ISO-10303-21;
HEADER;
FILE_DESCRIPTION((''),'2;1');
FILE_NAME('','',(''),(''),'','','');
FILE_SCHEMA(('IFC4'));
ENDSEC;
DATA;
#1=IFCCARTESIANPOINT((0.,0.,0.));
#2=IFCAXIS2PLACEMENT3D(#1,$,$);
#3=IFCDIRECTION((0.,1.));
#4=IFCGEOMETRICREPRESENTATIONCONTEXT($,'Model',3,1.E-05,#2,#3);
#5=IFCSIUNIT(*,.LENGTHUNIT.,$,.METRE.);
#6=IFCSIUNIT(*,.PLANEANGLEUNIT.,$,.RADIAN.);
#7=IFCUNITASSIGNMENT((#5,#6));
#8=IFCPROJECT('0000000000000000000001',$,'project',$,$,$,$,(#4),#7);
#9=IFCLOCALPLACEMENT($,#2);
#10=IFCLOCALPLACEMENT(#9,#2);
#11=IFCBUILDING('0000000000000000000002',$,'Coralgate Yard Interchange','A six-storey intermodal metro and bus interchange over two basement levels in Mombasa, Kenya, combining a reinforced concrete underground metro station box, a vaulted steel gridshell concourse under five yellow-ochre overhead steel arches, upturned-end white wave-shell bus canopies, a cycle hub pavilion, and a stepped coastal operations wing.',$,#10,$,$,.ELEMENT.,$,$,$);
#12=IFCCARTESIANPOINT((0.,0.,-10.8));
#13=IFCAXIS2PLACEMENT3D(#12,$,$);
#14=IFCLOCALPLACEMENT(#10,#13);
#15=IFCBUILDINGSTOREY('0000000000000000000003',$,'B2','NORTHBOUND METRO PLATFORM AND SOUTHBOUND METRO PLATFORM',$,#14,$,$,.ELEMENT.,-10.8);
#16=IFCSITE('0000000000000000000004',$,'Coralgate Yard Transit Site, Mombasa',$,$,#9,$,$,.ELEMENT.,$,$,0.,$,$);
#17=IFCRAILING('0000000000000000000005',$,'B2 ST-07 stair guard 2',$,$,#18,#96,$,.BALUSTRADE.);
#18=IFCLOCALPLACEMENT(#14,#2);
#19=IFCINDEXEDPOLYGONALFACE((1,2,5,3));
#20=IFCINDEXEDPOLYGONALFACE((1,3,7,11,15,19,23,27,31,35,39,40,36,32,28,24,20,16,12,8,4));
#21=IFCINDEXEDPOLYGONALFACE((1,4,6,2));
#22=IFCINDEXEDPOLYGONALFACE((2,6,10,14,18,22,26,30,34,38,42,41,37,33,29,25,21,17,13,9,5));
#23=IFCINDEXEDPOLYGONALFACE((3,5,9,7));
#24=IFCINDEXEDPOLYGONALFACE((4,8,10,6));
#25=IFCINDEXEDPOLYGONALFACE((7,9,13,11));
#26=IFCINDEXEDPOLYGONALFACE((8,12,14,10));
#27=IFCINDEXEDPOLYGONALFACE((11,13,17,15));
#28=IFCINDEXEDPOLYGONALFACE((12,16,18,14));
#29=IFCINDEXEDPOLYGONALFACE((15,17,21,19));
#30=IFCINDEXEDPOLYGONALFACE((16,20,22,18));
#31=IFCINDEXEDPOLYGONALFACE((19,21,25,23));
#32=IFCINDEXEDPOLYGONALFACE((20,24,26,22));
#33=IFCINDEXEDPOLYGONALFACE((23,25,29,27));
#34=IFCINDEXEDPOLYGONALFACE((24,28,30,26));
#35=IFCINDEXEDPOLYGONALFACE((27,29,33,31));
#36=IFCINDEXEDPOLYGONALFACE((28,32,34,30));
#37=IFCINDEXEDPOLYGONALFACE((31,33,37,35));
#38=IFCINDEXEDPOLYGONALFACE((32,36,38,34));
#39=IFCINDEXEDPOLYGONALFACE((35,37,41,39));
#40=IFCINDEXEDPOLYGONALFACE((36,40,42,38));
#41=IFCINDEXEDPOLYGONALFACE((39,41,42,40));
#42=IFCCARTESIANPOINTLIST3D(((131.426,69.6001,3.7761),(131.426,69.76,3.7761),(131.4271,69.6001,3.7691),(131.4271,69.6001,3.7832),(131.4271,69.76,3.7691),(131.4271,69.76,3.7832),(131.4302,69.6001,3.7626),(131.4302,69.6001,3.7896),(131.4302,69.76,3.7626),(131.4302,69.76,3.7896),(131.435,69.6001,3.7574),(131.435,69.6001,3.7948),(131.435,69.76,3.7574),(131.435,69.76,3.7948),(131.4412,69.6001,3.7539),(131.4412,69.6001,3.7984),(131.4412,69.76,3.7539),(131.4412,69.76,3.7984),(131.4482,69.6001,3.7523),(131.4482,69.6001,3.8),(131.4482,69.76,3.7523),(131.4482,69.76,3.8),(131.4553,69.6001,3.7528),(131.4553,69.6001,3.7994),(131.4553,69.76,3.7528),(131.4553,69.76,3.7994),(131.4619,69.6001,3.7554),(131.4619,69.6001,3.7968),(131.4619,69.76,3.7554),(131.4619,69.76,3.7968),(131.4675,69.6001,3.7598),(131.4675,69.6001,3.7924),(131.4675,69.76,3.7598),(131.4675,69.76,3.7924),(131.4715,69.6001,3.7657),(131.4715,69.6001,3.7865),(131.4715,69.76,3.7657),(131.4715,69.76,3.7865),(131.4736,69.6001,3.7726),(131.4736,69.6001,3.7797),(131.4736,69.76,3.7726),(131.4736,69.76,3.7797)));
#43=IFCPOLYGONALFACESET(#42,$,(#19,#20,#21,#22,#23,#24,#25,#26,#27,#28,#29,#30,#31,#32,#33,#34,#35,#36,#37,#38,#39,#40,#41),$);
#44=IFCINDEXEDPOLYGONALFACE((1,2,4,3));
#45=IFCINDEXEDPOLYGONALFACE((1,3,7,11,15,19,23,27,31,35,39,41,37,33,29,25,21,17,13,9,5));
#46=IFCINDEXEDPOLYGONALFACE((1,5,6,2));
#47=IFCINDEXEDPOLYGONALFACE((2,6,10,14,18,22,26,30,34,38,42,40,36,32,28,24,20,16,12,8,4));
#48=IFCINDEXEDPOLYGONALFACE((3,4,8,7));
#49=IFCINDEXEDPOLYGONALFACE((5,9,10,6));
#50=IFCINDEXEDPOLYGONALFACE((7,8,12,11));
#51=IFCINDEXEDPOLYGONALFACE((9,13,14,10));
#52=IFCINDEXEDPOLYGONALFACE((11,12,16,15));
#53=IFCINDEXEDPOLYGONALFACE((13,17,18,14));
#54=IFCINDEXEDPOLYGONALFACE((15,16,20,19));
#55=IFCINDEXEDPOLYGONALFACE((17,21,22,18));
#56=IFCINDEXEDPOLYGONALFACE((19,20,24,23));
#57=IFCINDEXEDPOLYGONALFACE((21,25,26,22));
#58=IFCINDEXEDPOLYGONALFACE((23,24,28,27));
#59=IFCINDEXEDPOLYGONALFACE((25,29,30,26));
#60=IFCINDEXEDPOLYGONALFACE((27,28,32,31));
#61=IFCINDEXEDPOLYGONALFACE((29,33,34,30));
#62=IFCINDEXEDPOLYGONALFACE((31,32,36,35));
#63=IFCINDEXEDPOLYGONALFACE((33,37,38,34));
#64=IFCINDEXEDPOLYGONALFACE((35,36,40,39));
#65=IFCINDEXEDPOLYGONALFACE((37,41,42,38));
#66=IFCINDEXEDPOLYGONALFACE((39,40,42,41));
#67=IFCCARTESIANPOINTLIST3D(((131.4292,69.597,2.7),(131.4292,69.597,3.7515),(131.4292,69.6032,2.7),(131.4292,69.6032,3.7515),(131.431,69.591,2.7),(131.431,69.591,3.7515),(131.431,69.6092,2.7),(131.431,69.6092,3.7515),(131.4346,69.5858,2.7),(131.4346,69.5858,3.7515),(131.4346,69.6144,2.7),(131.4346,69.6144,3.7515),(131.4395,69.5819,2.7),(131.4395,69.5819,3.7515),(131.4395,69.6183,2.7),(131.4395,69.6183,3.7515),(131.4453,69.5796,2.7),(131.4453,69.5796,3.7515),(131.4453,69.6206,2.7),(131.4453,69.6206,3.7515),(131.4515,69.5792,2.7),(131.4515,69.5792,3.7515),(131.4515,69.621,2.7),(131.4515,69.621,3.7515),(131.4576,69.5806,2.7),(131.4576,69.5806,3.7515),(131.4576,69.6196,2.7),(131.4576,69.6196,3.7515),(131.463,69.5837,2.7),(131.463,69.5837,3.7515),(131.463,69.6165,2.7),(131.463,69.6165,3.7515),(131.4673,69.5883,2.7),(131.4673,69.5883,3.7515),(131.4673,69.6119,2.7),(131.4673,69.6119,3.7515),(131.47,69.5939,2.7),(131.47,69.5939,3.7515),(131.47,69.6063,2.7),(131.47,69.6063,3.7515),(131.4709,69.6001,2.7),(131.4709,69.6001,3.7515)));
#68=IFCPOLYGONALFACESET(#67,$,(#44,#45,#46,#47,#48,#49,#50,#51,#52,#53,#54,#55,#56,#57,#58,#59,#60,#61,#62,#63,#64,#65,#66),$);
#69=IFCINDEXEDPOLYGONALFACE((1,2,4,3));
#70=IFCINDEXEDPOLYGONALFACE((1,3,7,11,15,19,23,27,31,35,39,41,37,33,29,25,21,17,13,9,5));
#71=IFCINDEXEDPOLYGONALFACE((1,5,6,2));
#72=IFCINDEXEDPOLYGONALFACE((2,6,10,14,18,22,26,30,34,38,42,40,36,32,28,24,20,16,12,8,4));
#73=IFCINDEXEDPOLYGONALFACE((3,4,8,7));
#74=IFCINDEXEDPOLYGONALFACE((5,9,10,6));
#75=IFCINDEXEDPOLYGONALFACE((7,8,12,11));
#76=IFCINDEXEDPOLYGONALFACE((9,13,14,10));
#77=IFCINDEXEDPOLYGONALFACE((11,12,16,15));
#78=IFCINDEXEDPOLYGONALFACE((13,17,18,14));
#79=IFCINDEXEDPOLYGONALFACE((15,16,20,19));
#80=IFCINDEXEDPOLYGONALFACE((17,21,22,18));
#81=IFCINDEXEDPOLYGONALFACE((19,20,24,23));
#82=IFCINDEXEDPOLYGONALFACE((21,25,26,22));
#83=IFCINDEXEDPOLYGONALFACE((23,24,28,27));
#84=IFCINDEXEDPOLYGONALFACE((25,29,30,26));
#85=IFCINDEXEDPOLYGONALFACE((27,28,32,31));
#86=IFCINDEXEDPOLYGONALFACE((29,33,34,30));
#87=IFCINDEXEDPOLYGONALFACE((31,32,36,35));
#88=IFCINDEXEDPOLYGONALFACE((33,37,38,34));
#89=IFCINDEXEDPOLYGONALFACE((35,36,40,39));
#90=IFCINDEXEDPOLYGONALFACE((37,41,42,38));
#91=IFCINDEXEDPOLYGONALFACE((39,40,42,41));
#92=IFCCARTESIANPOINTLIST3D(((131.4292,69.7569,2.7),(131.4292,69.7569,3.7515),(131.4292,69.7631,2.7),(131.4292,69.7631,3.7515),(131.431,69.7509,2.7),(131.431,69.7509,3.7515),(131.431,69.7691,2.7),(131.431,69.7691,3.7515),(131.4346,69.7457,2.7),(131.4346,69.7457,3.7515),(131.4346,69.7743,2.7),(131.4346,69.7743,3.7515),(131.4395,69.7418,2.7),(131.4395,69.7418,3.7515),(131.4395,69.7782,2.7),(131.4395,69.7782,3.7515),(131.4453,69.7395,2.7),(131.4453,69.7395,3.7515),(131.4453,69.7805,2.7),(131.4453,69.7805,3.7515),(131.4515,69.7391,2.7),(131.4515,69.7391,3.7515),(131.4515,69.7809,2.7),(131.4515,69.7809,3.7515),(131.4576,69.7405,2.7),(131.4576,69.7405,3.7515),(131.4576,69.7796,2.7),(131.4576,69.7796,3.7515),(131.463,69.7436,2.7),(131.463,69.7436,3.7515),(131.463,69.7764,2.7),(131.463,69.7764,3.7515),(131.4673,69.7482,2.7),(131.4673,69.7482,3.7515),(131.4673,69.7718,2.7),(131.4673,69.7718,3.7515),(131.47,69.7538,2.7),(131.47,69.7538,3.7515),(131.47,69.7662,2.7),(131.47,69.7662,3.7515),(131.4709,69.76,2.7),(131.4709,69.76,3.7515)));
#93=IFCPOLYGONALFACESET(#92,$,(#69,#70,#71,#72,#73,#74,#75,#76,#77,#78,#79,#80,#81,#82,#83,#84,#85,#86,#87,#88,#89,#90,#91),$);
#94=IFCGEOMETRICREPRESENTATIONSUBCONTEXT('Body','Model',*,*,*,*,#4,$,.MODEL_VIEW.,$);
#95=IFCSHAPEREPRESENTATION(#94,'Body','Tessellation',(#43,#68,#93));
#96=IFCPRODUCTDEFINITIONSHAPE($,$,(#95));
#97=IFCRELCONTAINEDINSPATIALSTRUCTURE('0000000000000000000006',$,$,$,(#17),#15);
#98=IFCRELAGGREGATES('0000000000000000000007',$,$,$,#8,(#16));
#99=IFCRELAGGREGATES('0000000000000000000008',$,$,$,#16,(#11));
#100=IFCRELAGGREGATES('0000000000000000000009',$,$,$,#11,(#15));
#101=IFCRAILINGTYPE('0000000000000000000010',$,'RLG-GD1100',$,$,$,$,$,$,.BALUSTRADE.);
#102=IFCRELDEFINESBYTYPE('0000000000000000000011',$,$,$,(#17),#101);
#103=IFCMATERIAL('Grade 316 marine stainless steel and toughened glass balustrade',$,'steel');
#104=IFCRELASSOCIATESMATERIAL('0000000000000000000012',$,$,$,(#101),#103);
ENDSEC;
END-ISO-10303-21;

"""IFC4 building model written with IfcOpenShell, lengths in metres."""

from ifc_helpers import new_model, si_unit, direction, frame, origin, origin_2d, place, context, subcontext, project, spatial, circle, extrude, material, type_object, element, save


model = new_model("IFC4")

# Units and contexts
model_context = context("Model", 3, precision=1e-05, world=origin(), true_north=direction((0.0, 1.0)))
body_context = subcontext(model_context, "Body", "Model", "MODEL_VIEW")
ifc_project = project(units=[si_unit("LENGTHUNIT", "METRE"), si_unit("PLANEANGLEUNIT", "RADIAN")], contexts=[model_context])

# Site, building, storey
site_placement = place(None, origin())
site = spatial("IfcSite", under=ifc_project, at=site_placement, Name="Coralgate Yard Transit Site, Mombasa", CompositionType="ELEMENT", RefElevation=0.0)
building_placement = place(site_placement, origin())
building = spatial("IfcBuilding", under=site, at=building_placement, Name="Coralgate Yard Interchange", Description="A six-storey intermodal metro and bus interchange over two basement levels in Mombasa, Kenya, combining a reinforced concrete underground metro station box, a vaulted steel gridshell concourse under five yellow-ochre overhead steel arches, upturned-end white wave-shell bus canopies, a cycle hub pavilion, and a stepped coastal operations wing.", CompositionType="ELEMENT")
storey_placement = place(building_placement, frame((0.0, 0.0, -10.8)))
storey = spatial("IfcBuildingStorey", under=building, at=storey_placement, Name="B2", Description="NORTHBOUND METRO PLATFORM AND SOUTHBOUND METRO PLATFORM", CompositionType="ELEMENT", Elevation=-10.8)

# Railing
ifc_material_1 = material(Name="Grade 316 marine stainless steel and toughened glass balustrade", Category="steel")
railing_type_1 = type_object("IfcRailingType", Name="RLG-GD1100", PredefinedType="BALUSTRADE", material=ifc_material_1)
railing_1_placement = place(storey_placement, frame((131.45, 69.6001, 2.7)))
element("IfcRailing", 1, at=railing_1_placement, inside=storey, type_object=railing_type_1, Name="B2 ST-07 stair guard 2", PredefinedType="BALUSTRADE", context=body_context, shape_type="SweptSolid", body=[
    extrude(circle(Radius=0.0239, at=origin_2d()), frame((0.0, 0.0, 1.0762), z_axis=(0.0, 1.0, 0.0), x_axis=(-1.0, 0.0, 0.0)), (0.0, 0.0, 1.0), 0.1599),
    extrude(circle(Radius=0.021, at=origin_2d()), origin(), (0.0, 0.0, 1.0), 1.0515),
    extrude(circle(Radius=0.021, at=origin_2d()), frame((0.0, 0.1599, 0.0)), (0.0, 0.0, 1.0), 1.0515),
])

save(model, "model.ifc")
